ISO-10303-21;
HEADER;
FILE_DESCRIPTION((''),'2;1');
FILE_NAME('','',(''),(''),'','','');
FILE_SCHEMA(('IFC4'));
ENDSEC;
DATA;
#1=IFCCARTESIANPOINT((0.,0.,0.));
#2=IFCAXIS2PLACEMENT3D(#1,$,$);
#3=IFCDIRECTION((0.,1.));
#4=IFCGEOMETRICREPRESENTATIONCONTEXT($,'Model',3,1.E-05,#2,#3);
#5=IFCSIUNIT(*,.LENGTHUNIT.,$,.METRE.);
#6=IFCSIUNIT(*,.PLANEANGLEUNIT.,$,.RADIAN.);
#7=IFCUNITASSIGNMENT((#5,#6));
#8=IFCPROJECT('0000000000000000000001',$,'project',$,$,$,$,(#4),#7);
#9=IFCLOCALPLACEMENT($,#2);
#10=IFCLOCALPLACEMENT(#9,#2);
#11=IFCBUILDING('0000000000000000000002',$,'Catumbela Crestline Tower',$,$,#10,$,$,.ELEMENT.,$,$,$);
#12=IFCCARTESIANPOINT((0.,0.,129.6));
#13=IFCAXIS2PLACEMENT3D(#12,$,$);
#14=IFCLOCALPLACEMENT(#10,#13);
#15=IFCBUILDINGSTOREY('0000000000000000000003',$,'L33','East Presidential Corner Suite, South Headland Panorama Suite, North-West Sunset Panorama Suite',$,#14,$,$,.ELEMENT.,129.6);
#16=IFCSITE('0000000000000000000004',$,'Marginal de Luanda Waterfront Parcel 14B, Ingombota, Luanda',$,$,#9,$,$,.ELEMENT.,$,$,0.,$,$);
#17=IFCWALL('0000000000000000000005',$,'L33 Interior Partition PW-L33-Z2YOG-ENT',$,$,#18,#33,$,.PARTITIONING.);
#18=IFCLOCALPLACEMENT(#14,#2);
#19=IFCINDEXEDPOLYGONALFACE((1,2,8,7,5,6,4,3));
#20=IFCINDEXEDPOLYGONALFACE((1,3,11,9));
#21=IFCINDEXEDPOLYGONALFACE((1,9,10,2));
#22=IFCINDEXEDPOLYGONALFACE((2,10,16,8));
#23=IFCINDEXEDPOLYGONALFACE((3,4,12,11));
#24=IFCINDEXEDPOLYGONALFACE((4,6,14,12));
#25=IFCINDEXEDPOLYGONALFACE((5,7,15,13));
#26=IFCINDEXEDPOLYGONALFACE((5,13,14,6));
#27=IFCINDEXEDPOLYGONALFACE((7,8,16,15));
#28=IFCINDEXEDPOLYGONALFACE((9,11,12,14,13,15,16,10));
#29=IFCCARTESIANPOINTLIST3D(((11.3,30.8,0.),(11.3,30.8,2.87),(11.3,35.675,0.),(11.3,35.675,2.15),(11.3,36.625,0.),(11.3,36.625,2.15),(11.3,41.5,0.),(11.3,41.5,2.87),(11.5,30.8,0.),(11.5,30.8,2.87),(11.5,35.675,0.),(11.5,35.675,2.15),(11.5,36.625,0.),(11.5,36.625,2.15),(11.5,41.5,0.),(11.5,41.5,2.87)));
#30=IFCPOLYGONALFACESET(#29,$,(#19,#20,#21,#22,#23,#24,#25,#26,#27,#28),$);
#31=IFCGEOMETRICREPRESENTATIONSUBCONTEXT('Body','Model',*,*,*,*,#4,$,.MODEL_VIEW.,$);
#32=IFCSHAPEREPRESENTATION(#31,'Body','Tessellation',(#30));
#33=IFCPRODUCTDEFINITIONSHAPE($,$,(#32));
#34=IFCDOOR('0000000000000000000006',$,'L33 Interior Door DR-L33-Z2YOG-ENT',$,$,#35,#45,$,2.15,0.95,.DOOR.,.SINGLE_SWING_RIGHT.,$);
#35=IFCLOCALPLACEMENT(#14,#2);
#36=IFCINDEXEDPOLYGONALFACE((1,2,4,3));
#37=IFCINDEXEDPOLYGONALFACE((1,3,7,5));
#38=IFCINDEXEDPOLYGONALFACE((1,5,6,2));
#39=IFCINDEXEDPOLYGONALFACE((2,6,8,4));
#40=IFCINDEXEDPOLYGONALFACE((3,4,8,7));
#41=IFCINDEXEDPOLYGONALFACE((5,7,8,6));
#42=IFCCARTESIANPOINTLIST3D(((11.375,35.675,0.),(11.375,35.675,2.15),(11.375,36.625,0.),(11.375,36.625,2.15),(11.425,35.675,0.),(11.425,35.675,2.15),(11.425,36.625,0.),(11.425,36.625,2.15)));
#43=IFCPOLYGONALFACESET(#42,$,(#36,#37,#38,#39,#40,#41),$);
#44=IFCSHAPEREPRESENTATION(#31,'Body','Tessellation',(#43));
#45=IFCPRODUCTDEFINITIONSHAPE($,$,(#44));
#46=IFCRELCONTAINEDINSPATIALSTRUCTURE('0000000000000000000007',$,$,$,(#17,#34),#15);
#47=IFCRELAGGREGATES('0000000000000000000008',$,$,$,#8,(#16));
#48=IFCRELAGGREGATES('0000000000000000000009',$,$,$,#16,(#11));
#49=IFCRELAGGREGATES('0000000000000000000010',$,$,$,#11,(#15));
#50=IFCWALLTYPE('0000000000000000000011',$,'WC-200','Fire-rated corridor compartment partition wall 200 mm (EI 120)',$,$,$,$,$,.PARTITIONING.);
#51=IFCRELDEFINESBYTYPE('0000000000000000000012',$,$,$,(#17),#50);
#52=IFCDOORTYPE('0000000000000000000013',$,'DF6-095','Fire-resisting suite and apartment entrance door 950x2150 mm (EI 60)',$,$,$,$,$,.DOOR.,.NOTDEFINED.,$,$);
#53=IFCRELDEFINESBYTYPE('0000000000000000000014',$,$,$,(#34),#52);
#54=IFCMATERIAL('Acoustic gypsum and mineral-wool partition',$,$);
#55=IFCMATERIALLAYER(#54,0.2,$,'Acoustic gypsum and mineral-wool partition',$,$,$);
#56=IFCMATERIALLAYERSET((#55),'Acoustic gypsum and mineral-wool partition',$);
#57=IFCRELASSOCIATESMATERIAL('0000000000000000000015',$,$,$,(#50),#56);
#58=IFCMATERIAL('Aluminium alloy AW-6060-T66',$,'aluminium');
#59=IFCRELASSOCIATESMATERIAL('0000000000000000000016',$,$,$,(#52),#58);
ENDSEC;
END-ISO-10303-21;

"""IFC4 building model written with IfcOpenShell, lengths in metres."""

from ifc_helpers import new_model, si_unit, direction, frame, frame_2d, origin, place, context, subcontext, project, spatial, rectangle, extrude, material, layer, layer_set, type_object, element, fill, save


model = new_model("IFC4")

# Units and contexts
model_context = context("Model", 3, precision=1e-05, world=origin(), true_north=direction((0.0, 1.0)))
body_context = subcontext(model_context, "Body", "Model", "MODEL_VIEW")
ifc_project = project(units=[si_unit("LENGTHUNIT", "METRE"), si_unit("PLANEANGLEUNIT", "RADIAN")], contexts=[model_context])

# Site, building, storey
site_placement = place(None, origin())
site = spatial("IfcSite", under=ifc_project, at=site_placement, Name="Marginal de Luanda Waterfront Parcel 14B, Ingombota, Luanda", CompositionType="ELEMENT", RefElevation=0.0)
building_placement = place(site_placement, origin())
building = spatial("IfcBuilding", under=site, at=building_placement, Name="Catumbela Crestline Tower", CompositionType="ELEMENT")
storey_placement = place(building_placement, frame((0.0, 0.0, 129.6)))
storey = spatial("IfcBuildingStorey", under=building, at=storey_placement, Name="L33", Description="East Presidential Corner Suite, South Headland Panorama Suite, North-West Sunset Panorama Suite", CompositionType="ELEMENT", Elevation=129.6)

# Shared definitions
ifc_material_1 = material(Name="Acoustic gypsum and mineral-wool partition")
ifc_layer_1 = layer(ifc_material_1, 0.2, Name="Acoustic gypsum and mineral-wool partition")
ifc_layer_set_1 = layer_set([ifc_layer_1], Name="Acoustic gypsum and mineral-wool partition")
wall_type_1 = type_object("IfcWallType", Name="WC-200", Description="Fire-rated corridor compartment partition wall 200 mm (EI 120)", PredefinedType="PARTITIONING", material=ifc_layer_set_1)
ifc_material_2 = material(Name="Aluminium alloy AW-6060-T66", Category="aluminium")
door_type_1 = type_object("IfcDoorType", Name="DF6-095", Description="Fire-resisting suite and apartment entrance door 950x2150 mm (EI 60)", OperationType="NOTDEFINED", PredefinedType="DOOR", material=ifc_material_2)

# Wall, opening, door
wall_1_placement = place(storey_placement, frame((11.4, 30.8, 0.0), z_axis=(0.0, 0.0, 1.0), x_axis=(0.0, 1.0, 0.0)))
wall_1 = element("IfcWall", 1, at=wall_1_placement, inside=storey, type_object=wall_type_1, Name="L33 Interior Partition PW-L33-Z2YOG-ENT", PredefinedType="PARTITIONING", context=body_context, shape_type="SweptSolid", body=[
    extrude(rectangle(XDim=10.7, YDim=0.2, at=frame_2d((5.35, 0.0))), origin(), (0.0, 0.0, 1.0), 2.87),
])
opening_1_placement = place(wall_1_placement, frame((4.875, 0.0, 0.0)))
opening_1 = element("IfcOpeningElement", 2, at=opening_1_placement, cuts=wall_1, PredefinedType="OPENING", context=body_context, shape_type="SweptSolid", body=[
    extrude(rectangle(XDim=0.95, YDim=2.15, at=frame_2d((0.475, 1.075))), frame((0.0, 0.11, 0.0), z_axis=(0.0, -1.0, 0.0), x_axis=(1.0, 0.0, 0.0)), (0.0, 0.0, 1.0), 0.22),
])
door_1_placement = place(opening_1_placement, origin())
door_1 = element("IfcDoor", 3, at=door_1_placement, inside=storey, type_object=door_type_1, Name="L33 Interior Door DR-L33-Z2YOG-ENT", OperationType="SINGLE_SWING_RIGHT", OverallHeight=2.15, OverallWidth=0.95, PredefinedType="DOOR", context=body_context, shape_type="SweptSolid", body=[
    extrude(rectangle(XDim=0.95, YDim=2.15, at=frame_2d((0.475, 1.075))), frame((0.0, 0.025, 0.0), z_axis=(0.0, -1.0, 0.0), x_axis=(1.0, 0.0, 0.0)), (0.0, 0.0, 1.0), 0.05),
])
fill(opening_1, door_1)

save(model, "model.ifc")
